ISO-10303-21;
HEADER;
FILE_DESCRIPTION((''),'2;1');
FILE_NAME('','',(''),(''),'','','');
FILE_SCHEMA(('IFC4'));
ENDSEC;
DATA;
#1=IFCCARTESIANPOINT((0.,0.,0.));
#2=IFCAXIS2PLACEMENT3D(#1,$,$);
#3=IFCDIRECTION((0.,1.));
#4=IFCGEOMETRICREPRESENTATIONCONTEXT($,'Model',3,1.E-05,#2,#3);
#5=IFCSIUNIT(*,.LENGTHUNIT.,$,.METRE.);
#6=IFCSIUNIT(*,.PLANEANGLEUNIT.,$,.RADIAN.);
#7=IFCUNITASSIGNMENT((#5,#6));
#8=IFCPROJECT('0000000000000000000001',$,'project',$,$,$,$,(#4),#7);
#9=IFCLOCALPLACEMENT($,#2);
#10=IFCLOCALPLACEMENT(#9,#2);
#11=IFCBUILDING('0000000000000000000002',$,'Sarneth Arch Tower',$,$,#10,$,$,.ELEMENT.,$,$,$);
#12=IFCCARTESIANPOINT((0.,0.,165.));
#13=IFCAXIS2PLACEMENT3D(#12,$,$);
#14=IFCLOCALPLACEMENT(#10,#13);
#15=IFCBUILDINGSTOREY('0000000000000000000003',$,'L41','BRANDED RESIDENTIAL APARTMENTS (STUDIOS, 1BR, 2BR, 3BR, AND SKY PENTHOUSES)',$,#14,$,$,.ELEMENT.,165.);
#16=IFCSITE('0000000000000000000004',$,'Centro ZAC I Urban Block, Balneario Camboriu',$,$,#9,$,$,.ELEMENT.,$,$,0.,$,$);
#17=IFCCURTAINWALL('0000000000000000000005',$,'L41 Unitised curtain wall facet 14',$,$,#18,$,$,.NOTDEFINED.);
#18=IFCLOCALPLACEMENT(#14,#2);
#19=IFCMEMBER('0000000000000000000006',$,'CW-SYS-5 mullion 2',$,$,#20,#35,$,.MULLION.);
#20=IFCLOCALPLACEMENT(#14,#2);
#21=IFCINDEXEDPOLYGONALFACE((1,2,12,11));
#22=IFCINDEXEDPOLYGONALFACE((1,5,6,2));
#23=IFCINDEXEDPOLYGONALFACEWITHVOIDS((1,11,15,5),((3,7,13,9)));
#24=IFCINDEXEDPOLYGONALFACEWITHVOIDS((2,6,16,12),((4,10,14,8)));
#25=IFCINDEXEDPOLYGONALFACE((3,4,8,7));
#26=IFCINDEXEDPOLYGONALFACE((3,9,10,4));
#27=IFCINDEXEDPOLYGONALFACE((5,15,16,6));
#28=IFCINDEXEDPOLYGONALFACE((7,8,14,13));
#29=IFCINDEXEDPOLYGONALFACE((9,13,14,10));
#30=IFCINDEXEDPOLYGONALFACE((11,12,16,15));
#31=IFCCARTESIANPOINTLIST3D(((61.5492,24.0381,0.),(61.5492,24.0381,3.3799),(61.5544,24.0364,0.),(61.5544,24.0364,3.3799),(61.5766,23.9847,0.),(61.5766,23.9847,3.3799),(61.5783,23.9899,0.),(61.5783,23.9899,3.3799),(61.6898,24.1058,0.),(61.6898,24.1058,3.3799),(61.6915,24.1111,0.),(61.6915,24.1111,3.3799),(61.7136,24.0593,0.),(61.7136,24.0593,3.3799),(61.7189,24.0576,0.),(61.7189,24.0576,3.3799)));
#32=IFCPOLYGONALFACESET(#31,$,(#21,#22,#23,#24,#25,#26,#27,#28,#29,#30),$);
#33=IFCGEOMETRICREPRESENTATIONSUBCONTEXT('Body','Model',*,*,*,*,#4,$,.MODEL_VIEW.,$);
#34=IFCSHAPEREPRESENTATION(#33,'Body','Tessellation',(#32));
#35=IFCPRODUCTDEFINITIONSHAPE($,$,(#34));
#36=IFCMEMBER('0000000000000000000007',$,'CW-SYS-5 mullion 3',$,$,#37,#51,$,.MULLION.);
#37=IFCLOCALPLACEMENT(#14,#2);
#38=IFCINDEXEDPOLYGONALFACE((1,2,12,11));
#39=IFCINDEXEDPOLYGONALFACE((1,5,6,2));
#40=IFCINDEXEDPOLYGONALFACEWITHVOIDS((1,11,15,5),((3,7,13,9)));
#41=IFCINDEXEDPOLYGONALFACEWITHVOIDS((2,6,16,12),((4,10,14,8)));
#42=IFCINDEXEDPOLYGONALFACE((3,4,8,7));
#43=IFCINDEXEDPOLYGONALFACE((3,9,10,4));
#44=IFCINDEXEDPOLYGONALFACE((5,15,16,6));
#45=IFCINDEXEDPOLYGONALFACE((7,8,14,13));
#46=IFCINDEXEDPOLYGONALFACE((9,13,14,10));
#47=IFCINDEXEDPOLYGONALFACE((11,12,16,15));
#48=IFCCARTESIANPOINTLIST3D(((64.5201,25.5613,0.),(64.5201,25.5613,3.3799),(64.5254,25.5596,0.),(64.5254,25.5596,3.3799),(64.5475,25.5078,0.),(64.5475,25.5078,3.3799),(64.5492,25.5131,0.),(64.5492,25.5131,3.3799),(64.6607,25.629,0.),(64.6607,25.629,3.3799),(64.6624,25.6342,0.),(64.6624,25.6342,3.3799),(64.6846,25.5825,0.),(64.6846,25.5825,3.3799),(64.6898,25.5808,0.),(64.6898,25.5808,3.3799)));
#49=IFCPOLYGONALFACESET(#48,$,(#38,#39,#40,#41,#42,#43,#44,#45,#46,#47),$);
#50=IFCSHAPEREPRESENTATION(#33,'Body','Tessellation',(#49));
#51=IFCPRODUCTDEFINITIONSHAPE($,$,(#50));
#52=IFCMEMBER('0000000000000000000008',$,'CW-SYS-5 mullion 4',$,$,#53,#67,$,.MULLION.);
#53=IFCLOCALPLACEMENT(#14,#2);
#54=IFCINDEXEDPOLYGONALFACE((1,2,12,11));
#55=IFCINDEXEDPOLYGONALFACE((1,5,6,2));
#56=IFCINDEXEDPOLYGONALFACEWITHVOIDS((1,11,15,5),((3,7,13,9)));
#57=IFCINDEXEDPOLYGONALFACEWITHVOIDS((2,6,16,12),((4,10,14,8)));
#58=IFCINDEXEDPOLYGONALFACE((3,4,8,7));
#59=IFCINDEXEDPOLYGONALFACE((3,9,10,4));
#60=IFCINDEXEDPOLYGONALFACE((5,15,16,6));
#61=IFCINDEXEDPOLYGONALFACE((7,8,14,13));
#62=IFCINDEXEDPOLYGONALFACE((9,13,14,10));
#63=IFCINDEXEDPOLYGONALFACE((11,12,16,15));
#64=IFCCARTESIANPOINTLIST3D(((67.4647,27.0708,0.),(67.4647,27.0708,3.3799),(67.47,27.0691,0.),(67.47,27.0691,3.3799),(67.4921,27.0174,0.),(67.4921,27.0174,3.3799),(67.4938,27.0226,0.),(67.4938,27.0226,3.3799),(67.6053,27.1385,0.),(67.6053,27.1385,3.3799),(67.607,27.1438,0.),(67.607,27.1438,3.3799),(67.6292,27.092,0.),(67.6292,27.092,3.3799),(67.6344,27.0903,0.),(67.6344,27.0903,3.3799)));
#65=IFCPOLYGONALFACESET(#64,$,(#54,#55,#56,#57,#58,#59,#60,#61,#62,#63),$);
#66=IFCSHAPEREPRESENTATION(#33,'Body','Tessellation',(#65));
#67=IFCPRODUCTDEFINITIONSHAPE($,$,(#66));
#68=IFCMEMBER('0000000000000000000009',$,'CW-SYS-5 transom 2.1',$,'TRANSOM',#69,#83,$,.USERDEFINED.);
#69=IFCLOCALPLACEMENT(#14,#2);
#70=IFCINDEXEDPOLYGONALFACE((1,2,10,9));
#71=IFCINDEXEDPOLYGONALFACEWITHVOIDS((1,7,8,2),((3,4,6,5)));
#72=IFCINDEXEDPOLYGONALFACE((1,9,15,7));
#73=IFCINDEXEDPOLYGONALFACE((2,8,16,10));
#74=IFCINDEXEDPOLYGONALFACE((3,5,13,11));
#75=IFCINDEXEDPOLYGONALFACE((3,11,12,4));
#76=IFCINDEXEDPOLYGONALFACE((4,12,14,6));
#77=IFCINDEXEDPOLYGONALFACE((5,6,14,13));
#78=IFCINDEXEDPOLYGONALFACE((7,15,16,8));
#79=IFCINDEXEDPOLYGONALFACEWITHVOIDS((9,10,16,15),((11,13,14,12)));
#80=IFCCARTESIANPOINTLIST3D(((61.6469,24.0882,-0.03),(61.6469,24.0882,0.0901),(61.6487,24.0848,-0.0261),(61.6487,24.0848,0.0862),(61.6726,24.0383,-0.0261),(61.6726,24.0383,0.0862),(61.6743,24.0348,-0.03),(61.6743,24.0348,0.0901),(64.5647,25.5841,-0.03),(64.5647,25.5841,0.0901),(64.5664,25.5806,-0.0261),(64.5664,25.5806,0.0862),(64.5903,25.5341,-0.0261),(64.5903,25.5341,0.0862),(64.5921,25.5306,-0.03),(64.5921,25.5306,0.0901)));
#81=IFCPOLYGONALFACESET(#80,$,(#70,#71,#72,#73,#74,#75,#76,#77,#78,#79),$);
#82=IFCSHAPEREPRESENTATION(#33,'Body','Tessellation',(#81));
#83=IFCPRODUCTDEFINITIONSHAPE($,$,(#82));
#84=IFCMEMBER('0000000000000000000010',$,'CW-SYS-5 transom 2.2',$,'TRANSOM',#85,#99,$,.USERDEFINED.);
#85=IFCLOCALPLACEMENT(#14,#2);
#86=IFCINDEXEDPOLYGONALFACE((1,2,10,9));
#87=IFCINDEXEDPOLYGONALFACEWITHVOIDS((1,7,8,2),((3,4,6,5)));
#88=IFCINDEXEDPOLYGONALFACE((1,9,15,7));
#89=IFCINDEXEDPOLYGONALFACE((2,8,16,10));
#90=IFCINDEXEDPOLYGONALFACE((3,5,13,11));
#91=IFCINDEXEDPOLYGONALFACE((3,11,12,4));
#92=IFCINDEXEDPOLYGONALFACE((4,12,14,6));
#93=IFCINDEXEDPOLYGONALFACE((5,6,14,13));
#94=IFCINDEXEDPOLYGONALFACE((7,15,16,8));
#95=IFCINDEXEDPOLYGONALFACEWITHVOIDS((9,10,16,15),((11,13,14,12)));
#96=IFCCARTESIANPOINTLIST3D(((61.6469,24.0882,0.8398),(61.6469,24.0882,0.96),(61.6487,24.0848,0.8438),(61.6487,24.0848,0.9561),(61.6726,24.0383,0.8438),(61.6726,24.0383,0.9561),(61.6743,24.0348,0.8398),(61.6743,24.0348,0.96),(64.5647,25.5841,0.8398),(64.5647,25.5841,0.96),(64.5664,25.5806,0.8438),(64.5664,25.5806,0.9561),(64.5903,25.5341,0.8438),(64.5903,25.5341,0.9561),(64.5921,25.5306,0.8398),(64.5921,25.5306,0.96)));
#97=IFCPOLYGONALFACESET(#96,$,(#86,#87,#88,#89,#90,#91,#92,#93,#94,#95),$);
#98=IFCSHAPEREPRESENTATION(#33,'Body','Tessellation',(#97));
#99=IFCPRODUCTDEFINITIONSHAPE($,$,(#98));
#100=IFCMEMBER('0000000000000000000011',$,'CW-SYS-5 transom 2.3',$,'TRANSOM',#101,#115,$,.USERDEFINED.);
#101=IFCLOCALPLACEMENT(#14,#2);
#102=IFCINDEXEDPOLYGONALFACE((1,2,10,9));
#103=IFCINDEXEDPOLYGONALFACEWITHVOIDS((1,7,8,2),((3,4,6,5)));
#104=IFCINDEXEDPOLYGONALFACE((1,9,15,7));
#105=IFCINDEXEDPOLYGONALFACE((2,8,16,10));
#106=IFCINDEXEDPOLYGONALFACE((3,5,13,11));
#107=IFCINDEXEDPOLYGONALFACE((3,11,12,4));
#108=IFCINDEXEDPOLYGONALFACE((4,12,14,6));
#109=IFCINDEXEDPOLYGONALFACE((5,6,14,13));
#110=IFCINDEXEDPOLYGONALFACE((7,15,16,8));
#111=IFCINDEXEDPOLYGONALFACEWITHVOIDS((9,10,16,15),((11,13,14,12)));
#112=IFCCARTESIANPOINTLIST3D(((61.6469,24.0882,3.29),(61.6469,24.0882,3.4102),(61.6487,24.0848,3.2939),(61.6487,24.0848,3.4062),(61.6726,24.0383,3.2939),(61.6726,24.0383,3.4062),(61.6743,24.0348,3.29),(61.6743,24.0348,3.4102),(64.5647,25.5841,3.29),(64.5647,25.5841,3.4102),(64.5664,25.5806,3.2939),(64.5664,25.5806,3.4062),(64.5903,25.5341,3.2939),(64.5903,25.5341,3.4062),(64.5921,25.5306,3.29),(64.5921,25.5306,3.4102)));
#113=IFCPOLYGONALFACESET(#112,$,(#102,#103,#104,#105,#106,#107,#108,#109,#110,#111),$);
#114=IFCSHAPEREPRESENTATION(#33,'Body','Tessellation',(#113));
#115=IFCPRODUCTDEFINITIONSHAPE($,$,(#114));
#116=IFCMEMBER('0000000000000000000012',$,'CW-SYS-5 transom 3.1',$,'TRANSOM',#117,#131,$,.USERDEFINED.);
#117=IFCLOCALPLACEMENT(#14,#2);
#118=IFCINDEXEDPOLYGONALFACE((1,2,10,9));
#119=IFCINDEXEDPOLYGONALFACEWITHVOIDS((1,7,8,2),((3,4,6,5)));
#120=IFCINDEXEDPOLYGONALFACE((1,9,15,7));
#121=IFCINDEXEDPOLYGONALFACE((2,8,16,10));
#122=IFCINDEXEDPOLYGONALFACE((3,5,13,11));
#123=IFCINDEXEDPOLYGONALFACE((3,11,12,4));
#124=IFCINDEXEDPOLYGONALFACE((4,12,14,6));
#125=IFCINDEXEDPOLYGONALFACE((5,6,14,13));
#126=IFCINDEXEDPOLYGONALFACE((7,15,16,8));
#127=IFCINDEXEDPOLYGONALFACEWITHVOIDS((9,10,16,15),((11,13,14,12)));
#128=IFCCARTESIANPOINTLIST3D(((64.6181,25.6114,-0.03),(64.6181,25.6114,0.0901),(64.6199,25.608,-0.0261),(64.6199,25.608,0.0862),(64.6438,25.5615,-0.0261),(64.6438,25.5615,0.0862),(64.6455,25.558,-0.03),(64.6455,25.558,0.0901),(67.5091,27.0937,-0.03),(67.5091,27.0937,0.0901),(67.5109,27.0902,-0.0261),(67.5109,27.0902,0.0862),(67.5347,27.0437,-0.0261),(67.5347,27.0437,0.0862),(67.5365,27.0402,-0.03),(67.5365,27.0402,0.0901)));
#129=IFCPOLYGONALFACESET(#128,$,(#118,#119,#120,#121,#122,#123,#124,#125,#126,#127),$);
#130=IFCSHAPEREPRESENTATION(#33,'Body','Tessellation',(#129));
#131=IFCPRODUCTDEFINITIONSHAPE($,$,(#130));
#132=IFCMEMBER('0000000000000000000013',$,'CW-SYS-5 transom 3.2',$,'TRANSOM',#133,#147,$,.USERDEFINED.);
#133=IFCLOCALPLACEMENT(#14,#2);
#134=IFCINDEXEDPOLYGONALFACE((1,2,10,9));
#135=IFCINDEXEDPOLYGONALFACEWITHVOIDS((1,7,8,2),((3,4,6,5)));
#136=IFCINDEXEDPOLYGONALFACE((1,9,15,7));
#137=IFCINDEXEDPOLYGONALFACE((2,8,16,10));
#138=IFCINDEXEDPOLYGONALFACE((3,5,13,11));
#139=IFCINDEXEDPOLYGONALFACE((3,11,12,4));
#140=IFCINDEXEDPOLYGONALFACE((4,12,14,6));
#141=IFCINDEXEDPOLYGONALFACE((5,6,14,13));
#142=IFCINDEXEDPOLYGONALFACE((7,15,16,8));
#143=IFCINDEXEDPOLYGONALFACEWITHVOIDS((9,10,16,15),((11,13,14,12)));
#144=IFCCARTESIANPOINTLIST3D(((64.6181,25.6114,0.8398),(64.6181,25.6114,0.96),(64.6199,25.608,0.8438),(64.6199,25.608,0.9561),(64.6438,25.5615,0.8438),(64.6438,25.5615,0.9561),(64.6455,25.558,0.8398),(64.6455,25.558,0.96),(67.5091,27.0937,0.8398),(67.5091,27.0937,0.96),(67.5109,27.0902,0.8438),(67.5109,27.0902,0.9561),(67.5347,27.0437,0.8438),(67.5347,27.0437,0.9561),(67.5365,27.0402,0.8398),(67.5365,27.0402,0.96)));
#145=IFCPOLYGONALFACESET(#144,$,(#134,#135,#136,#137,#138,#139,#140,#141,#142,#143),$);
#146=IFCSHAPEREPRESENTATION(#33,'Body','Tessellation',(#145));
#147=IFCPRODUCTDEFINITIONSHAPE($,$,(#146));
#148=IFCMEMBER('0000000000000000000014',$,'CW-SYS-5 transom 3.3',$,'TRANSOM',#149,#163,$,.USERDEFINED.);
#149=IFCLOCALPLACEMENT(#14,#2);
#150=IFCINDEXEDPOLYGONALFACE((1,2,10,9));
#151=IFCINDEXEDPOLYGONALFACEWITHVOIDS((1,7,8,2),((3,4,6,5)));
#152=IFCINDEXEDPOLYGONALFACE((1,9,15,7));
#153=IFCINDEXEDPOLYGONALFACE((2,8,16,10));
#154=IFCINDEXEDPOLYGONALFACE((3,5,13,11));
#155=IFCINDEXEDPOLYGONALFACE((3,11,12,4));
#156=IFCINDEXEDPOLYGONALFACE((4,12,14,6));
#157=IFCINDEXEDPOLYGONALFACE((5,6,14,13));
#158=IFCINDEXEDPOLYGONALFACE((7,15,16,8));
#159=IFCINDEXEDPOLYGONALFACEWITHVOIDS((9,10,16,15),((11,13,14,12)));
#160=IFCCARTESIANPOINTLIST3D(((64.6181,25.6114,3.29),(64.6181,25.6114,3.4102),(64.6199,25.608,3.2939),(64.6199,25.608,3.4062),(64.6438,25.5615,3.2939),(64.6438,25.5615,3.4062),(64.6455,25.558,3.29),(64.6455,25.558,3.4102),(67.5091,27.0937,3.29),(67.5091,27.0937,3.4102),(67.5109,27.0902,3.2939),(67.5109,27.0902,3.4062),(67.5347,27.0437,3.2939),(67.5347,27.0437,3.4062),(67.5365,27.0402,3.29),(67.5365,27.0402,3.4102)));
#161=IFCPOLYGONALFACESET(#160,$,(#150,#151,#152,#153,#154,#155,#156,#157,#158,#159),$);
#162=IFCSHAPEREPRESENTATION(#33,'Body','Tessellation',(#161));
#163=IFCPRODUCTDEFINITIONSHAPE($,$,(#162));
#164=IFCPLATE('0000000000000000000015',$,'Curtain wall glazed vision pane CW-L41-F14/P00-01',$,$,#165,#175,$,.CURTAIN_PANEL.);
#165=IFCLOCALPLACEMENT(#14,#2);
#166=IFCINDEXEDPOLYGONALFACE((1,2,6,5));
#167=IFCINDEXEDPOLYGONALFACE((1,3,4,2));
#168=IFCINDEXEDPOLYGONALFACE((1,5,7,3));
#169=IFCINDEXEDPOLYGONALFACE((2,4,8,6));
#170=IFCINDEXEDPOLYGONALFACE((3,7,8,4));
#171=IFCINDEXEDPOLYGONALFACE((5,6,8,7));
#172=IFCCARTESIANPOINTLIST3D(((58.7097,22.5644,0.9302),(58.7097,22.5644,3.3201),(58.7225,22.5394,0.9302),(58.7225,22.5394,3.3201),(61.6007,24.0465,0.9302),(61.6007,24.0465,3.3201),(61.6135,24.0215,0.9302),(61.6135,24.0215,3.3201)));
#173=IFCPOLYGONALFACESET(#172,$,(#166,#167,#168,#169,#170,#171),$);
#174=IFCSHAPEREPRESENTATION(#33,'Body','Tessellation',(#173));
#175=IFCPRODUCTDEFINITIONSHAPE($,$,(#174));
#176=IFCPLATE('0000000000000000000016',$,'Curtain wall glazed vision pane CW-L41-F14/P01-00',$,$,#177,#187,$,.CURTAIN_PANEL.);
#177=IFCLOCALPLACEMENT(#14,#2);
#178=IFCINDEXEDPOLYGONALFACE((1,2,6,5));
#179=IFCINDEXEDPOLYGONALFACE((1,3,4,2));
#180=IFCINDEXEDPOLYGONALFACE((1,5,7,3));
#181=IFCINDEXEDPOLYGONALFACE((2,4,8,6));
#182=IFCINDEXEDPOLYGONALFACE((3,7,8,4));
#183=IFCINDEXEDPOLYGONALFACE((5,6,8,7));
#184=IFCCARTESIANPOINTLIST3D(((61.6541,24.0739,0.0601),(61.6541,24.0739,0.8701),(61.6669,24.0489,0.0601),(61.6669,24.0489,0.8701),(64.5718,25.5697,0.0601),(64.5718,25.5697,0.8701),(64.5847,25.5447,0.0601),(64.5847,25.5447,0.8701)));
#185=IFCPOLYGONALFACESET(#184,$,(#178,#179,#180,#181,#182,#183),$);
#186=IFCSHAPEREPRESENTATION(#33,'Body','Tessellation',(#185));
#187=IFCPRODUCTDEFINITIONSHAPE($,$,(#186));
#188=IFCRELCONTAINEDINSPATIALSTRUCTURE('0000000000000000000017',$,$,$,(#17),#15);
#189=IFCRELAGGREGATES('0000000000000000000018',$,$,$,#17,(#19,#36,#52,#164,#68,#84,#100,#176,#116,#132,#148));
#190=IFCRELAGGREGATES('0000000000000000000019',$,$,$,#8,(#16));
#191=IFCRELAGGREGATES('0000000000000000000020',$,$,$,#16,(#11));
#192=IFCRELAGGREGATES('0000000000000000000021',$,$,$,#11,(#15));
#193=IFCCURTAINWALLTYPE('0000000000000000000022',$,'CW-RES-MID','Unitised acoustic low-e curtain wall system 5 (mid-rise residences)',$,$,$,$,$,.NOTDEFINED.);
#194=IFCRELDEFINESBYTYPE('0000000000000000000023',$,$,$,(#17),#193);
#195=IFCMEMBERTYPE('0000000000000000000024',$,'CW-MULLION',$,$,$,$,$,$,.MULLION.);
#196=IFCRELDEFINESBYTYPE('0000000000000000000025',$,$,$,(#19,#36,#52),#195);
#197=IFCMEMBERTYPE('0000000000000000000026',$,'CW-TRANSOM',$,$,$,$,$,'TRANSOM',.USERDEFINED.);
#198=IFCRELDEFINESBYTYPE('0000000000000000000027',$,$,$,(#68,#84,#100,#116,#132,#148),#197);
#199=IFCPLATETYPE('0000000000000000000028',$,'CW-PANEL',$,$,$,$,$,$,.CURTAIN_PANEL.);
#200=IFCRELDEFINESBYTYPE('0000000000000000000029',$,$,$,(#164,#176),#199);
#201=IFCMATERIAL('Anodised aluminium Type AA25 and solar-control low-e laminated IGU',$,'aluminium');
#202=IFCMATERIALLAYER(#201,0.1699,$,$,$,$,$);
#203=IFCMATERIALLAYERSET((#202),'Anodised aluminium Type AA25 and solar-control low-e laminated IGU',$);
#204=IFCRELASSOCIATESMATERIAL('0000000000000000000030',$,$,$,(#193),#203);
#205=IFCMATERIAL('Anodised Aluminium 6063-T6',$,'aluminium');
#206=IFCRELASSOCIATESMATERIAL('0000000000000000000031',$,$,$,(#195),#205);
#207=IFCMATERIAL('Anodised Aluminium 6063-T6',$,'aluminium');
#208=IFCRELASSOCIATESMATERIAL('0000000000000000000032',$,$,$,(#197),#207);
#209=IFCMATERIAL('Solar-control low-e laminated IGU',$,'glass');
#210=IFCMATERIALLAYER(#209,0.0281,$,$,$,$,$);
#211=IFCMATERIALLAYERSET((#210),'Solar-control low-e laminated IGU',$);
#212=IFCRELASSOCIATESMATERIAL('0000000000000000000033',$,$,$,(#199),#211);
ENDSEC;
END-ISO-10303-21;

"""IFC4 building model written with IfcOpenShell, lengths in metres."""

from ifc_helpers import new_model, si_unit, direction, frame, origin, origin_2d, place, context, subcontext, project, spatial, rectangle, hollow_rectangle, extrude, material, layer, layer_set, material_profile, profile_set, type_object, element, aggregate, save


model = new_model("IFC4")

# Units and contexts
model_context = context("Model", 3, precision=1e-05, world=origin(), true_north=direction((0.0, 1.0)))
body_context = subcontext(model_context, "Body", "Model", "MODEL_VIEW")
ifc_project = project(units=[si_unit("LENGTHUNIT", "METRE"), si_unit("PLANEANGLEUNIT", "RADIAN")], contexts=[model_context])

# Site, building, storey
site_placement = place(None, origin())
site = spatial("IfcSite", under=ifc_project, at=site_placement, Name="Centro ZAC I Urban Block, Balneario Camboriu", CompositionType="ELEMENT", RefElevation=0.0)
building_placement = place(site_placement, origin())
building = spatial("IfcBuilding", under=site, at=building_placement, Name="Sarneth Arch Tower", CompositionType="ELEMENT")
storey_placement = place(building_placement, frame((0.0, 0.0, 165.0)))
storey = spatial("IfcBuildingStorey", under=building, at=storey_placement, Name="L41", Description="BRANDED RESIDENTIAL APARTMENTS (STUDIOS, 1BR, 2BR, 3BR, AND SKY PENTHOUSES)", CompositionType="ELEMENT", Elevation=165.0)

# Curtain wall, members, plates
ifc_material_1 = material(Name="Anodised aluminium Type AA25 and solar-control low-e laminated IGU", Category="aluminium")
ifc_layer_1 = layer(ifc_material_1, 0.1699)
ifc_layer_set_1 = layer_set([ifc_layer_1], Name="Anodised aluminium Type AA25 and solar-control low-e laminated IGU")
curtain_wall_type = type_object("IfcCurtainWallType", Name="CW-RES-MID", Description="Unitised acoustic low-e curtain wall system 5 (mid-rise residences)", PredefinedType="NOTDEFINED", material=ifc_layer_set_1)
curtain_wall_placement = place(storey_placement, origin())
curtain_wall = element("IfcCurtainWall", 1, at=curtain_wall_placement, inside=storey, type_object=curtain_wall_type, Name="L41 Unitised curtain wall facet 14", PredefinedType="NOTDEFINED")
ifc_material_2 = material(Name="Anodised Aluminium 6063-T6", Category="aluminium")
ifc_material_profile_1 = material_profile(ifc_material_2, hollow_rectangle(XDim=0.0601, YDim=0.1599, WallThickness=0.0039, at=origin_2d()), Name="AL-MULL-160x60x4")
ifc_profile_set_1 = profile_set([ifc_material_profile_1], Name="Anodised Aluminium 6063-T6")
member_type_1 = type_object("IfcMemberType", Name="CW-MULLION", PredefinedType="MULLION", material=ifc_profile_set_1)
member_1_placement = place(storey_placement, frame((61.634, 24.0479, 0.0), z_axis=(0.0, 0.0, 1.0), x_axis=(-0.456208, 0.889873, 0.0)))
member_1 = element("IfcMember", 2, at=member_1_placement, type_object=member_type_1, Name="CW-SYS-5 mullion 2", PredefinedType="MULLION", context=body_context, shape_type="SweptSolid", body=[
    extrude(hollow_rectangle(XDim=0.0601, YDim=0.1599, WallThickness=0.0039, at=origin_2d()), origin(), (0.0, 0.0, 1.0), 3.3799),
])
member_2_placement = place(storey_placement, frame((64.605, 25.571, 0.0), z_axis=(0.0, 0.0, 1.0), x_axis=(-0.456208, 0.889873, 0.0)))
member_2 = element("IfcMember", 3, at=member_2_placement, type_object=member_type_1, Name="CW-SYS-5 mullion 3", PredefinedType="MULLION", context=body_context, shape_type="SweptSolid", body=[
    extrude(hollow_rectangle(XDim=0.0601, YDim=0.1599, WallThickness=0.0039, at=origin_2d()), origin(), (0.0, 0.0, 1.0), 3.3799),
])
member_3_placement = place(storey_placement, frame((67.5496, 27.0806, 0.0), z_axis=(0.0, 0.0, 1.0), x_axis=(-0.456208, 0.889873, 0.0)))
member_3 = element("IfcMember", 4, at=member_3_placement, type_object=member_type_1, Name="CW-SYS-5 mullion 4", PredefinedType="MULLION", context=body_context, shape_type="SweptSolid", body=[
    extrude(hollow_rectangle(XDim=0.0601, YDim=0.1599, WallThickness=0.0039, at=origin_2d()), origin(), (0.0, 0.0, 1.0), 3.3799),
])
ifc_material_3 = material(Name="Anodised Aluminium 6063-T6", Category="aluminium")
ifc_material_profile_2 = material_profile(ifc_material_3, hollow_rectangle(XDim=0.0601, YDim=0.1201, WallThickness=0.0039, at=origin_2d()), Name="AL-TRAN-120x60x4")
ifc_profile_set_2 = profile_set([ifc_material_profile_2], Name="Anodised Aluminium 6063-T6")
member_type_2 = type_object("IfcMemberType", Name="CW-TRANSOM", ElementType="TRANSOM", PredefinedType="USERDEFINED", material=ifc_profile_set_2)
member_4_placement = place(storey_placement, frame((61.6606, 24.0615, 0.03), z_axis=(0.889869, 0.456215, 0.0), x_axis=(-0.456215, 0.889869, 0.0)))
member_4 = element("IfcMember", 5, at=member_4_placement, type_object=member_type_2, Name="CW-SYS-5 transom 2.1", ObjectType="TRANSOM", PredefinedType="USERDEFINED", context=body_context, shape_type="SweptSolid", body=[
    extrude(hollow_rectangle(XDim=0.0601, YDim=0.1201, WallThickness=0.0039, at=origin_2d()), origin(), (0.0, 0.0, 1.0), 3.2788),
])
member_5_placement = place(storey_placement, frame((61.6606, 24.0615, 0.8999), z_axis=(0.889869, 0.456215, 0.0), x_axis=(-0.456215, 0.889869, 0.0)))
member_5 = element("IfcMember", 6, at=member_5_placement, type_object=member_type_2, Name="CW-SYS-5 transom 2.2", ObjectType="TRANSOM", PredefinedType="USERDEFINED", context=body_context, shape_type="SweptSolid", body=[
    extrude(hollow_rectangle(XDim=0.0601, YDim=0.1201, WallThickness=0.0039, at=origin_2d()), origin(), (0.0, 0.0, 1.0), 3.2788),
])
member_6_placement = place(storey_placement, frame((61.6606, 24.0615, 3.3501), z_axis=(0.889869, 0.456215, 0.0), x_axis=(-0.456215, 0.889869, 0.0)))
member_6 = element("IfcMember", 7, at=member_6_placement, type_object=member_type_2, Name="CW-SYS-5 transom 2.3", ObjectType="TRANSOM", PredefinedType="USERDEFINED", context=body_context, shape_type="SweptSolid", body=[
    extrude(hollow_rectangle(XDim=0.0601, YDim=0.1201, WallThickness=0.0039, at=origin_2d()), origin(), (0.0, 0.0, 1.0), 3.2788),
])
member_7_placement = place(storey_placement, frame((64.6318, 25.5847, 0.03), z_axis=(0.889857, 0.456239, 0.0), x_axis=(-0.456239, 0.889857, 0.0)))
member_7 = element("IfcMember", 8, at=member_7_placement, type_object=member_type_2, Name="CW-SYS-5 transom 3.1", ObjectType="TRANSOM", PredefinedType="USERDEFINED", context=body_context, shape_type="SweptSolid", body=[
    extrude(hollow_rectangle(XDim=0.0601, YDim=0.1201, WallThickness=0.0039, at=origin_2d()), origin(), (0.0, 0.0, 1.0), 3.2488),
])
member_8_placement = place(storey_placement, frame((64.6318, 25.5847, 0.8999), z_axis=(0.889857, 0.456239, 0.0), x_axis=(-0.456239, 0.889857, 0.0)))
member_8 = element("IfcMember", 9, at=member_8_placement, type_object=member_type_2, Name="CW-SYS-5 transom 3.2", ObjectType="TRANSOM", PredefinedType="USERDEFINED", context=body_context, shape_type="SweptSolid", body=[
    extrude(hollow_rectangle(XDim=0.0601, YDim=0.1201, WallThickness=0.0039, at=origin_2d()), origin(), (0.0, 0.0, 1.0), 3.2488),
])
member_9_placement = place(storey_placement, frame((64.6318, 25.5847, 3.3501), z_axis=(0.889857, 0.456239, 0.0), x_axis=(-0.456239, 0.889857, 0.0)))
member_9 = element("IfcMember", 10, at=member_9_placement, type_object=member_type_2, Name="CW-SYS-5 transom 3.3", ObjectType="TRANSOM", PredefinedType="USERDEFINED", context=body_context, shape_type="SweptSolid", body=[
    extrude(hollow_rectangle(XDim=0.0601, YDim=0.1201, WallThickness=0.0039, at=origin_2d()), origin(), (0.0, 0.0, 1.0), 3.2488),
])
ifc_material_4 = material(Name="Solar-control low-e laminated IGU", Category="glass")
ifc_layer_2 = layer(ifc_material_4, 0.0281)
ifc_layer_set_2 = layer_set([ifc_layer_2], Name="Solar-control low-e laminated IGU")
plate_type_1 = type_object("IfcPlateType", Name="CW-PANEL", PredefinedType="CURTAIN_PANEL", material=ifc_layer_set_2)
plate_1_placement = place(storey_placement, frame((60.1616, 23.293, 0.9302), z_axis=(0.0, 0.0, 1.0), x_axis=(0.889873, 0.456208, 0.0)))
plate_1 = element("IfcPlate", 11, at=plate_1_placement, type_object=plate_type_1, Name="Curtain wall glazed vision pane CW-L41-F14/P00-01", PredefinedType="CURTAIN_PANEL", context=body_context, shape_type="SweptSolid", body=[
    extrude(rectangle(XDim=3.2488, YDim=0.0281, at=origin_2d()), origin(), (0.0, 0.0, 1.0), 2.3899),
])
plate_2_placement = place(storey_placement, frame((63.1194, 24.8093, 0.0601), z_axis=(0.0, 0.0, 1.0), x_axis=(0.889873, 0.456208, 0.0)))
plate_2 = element("IfcPlate", 12, at=plate_2_placement, type_object=plate_type_1, Name="Curtain wall glazed vision pane CW-L41-F14/P01-00", PredefinedType="CURTAIN_PANEL", context=body_context, shape_type="SweptSolid", body=[
    extrude(rectangle(XDim=3.2788, YDim=0.0281, at=origin_2d()), origin(), (0.0, 0.0, 1.0), 0.8101),
])
aggregate(curtain_wall, [member_1, member_2, member_3, plate_1, member_4, member_5, member_6, plate_2, member_7, member_8, member_9])

save(model, "model.ifc")
